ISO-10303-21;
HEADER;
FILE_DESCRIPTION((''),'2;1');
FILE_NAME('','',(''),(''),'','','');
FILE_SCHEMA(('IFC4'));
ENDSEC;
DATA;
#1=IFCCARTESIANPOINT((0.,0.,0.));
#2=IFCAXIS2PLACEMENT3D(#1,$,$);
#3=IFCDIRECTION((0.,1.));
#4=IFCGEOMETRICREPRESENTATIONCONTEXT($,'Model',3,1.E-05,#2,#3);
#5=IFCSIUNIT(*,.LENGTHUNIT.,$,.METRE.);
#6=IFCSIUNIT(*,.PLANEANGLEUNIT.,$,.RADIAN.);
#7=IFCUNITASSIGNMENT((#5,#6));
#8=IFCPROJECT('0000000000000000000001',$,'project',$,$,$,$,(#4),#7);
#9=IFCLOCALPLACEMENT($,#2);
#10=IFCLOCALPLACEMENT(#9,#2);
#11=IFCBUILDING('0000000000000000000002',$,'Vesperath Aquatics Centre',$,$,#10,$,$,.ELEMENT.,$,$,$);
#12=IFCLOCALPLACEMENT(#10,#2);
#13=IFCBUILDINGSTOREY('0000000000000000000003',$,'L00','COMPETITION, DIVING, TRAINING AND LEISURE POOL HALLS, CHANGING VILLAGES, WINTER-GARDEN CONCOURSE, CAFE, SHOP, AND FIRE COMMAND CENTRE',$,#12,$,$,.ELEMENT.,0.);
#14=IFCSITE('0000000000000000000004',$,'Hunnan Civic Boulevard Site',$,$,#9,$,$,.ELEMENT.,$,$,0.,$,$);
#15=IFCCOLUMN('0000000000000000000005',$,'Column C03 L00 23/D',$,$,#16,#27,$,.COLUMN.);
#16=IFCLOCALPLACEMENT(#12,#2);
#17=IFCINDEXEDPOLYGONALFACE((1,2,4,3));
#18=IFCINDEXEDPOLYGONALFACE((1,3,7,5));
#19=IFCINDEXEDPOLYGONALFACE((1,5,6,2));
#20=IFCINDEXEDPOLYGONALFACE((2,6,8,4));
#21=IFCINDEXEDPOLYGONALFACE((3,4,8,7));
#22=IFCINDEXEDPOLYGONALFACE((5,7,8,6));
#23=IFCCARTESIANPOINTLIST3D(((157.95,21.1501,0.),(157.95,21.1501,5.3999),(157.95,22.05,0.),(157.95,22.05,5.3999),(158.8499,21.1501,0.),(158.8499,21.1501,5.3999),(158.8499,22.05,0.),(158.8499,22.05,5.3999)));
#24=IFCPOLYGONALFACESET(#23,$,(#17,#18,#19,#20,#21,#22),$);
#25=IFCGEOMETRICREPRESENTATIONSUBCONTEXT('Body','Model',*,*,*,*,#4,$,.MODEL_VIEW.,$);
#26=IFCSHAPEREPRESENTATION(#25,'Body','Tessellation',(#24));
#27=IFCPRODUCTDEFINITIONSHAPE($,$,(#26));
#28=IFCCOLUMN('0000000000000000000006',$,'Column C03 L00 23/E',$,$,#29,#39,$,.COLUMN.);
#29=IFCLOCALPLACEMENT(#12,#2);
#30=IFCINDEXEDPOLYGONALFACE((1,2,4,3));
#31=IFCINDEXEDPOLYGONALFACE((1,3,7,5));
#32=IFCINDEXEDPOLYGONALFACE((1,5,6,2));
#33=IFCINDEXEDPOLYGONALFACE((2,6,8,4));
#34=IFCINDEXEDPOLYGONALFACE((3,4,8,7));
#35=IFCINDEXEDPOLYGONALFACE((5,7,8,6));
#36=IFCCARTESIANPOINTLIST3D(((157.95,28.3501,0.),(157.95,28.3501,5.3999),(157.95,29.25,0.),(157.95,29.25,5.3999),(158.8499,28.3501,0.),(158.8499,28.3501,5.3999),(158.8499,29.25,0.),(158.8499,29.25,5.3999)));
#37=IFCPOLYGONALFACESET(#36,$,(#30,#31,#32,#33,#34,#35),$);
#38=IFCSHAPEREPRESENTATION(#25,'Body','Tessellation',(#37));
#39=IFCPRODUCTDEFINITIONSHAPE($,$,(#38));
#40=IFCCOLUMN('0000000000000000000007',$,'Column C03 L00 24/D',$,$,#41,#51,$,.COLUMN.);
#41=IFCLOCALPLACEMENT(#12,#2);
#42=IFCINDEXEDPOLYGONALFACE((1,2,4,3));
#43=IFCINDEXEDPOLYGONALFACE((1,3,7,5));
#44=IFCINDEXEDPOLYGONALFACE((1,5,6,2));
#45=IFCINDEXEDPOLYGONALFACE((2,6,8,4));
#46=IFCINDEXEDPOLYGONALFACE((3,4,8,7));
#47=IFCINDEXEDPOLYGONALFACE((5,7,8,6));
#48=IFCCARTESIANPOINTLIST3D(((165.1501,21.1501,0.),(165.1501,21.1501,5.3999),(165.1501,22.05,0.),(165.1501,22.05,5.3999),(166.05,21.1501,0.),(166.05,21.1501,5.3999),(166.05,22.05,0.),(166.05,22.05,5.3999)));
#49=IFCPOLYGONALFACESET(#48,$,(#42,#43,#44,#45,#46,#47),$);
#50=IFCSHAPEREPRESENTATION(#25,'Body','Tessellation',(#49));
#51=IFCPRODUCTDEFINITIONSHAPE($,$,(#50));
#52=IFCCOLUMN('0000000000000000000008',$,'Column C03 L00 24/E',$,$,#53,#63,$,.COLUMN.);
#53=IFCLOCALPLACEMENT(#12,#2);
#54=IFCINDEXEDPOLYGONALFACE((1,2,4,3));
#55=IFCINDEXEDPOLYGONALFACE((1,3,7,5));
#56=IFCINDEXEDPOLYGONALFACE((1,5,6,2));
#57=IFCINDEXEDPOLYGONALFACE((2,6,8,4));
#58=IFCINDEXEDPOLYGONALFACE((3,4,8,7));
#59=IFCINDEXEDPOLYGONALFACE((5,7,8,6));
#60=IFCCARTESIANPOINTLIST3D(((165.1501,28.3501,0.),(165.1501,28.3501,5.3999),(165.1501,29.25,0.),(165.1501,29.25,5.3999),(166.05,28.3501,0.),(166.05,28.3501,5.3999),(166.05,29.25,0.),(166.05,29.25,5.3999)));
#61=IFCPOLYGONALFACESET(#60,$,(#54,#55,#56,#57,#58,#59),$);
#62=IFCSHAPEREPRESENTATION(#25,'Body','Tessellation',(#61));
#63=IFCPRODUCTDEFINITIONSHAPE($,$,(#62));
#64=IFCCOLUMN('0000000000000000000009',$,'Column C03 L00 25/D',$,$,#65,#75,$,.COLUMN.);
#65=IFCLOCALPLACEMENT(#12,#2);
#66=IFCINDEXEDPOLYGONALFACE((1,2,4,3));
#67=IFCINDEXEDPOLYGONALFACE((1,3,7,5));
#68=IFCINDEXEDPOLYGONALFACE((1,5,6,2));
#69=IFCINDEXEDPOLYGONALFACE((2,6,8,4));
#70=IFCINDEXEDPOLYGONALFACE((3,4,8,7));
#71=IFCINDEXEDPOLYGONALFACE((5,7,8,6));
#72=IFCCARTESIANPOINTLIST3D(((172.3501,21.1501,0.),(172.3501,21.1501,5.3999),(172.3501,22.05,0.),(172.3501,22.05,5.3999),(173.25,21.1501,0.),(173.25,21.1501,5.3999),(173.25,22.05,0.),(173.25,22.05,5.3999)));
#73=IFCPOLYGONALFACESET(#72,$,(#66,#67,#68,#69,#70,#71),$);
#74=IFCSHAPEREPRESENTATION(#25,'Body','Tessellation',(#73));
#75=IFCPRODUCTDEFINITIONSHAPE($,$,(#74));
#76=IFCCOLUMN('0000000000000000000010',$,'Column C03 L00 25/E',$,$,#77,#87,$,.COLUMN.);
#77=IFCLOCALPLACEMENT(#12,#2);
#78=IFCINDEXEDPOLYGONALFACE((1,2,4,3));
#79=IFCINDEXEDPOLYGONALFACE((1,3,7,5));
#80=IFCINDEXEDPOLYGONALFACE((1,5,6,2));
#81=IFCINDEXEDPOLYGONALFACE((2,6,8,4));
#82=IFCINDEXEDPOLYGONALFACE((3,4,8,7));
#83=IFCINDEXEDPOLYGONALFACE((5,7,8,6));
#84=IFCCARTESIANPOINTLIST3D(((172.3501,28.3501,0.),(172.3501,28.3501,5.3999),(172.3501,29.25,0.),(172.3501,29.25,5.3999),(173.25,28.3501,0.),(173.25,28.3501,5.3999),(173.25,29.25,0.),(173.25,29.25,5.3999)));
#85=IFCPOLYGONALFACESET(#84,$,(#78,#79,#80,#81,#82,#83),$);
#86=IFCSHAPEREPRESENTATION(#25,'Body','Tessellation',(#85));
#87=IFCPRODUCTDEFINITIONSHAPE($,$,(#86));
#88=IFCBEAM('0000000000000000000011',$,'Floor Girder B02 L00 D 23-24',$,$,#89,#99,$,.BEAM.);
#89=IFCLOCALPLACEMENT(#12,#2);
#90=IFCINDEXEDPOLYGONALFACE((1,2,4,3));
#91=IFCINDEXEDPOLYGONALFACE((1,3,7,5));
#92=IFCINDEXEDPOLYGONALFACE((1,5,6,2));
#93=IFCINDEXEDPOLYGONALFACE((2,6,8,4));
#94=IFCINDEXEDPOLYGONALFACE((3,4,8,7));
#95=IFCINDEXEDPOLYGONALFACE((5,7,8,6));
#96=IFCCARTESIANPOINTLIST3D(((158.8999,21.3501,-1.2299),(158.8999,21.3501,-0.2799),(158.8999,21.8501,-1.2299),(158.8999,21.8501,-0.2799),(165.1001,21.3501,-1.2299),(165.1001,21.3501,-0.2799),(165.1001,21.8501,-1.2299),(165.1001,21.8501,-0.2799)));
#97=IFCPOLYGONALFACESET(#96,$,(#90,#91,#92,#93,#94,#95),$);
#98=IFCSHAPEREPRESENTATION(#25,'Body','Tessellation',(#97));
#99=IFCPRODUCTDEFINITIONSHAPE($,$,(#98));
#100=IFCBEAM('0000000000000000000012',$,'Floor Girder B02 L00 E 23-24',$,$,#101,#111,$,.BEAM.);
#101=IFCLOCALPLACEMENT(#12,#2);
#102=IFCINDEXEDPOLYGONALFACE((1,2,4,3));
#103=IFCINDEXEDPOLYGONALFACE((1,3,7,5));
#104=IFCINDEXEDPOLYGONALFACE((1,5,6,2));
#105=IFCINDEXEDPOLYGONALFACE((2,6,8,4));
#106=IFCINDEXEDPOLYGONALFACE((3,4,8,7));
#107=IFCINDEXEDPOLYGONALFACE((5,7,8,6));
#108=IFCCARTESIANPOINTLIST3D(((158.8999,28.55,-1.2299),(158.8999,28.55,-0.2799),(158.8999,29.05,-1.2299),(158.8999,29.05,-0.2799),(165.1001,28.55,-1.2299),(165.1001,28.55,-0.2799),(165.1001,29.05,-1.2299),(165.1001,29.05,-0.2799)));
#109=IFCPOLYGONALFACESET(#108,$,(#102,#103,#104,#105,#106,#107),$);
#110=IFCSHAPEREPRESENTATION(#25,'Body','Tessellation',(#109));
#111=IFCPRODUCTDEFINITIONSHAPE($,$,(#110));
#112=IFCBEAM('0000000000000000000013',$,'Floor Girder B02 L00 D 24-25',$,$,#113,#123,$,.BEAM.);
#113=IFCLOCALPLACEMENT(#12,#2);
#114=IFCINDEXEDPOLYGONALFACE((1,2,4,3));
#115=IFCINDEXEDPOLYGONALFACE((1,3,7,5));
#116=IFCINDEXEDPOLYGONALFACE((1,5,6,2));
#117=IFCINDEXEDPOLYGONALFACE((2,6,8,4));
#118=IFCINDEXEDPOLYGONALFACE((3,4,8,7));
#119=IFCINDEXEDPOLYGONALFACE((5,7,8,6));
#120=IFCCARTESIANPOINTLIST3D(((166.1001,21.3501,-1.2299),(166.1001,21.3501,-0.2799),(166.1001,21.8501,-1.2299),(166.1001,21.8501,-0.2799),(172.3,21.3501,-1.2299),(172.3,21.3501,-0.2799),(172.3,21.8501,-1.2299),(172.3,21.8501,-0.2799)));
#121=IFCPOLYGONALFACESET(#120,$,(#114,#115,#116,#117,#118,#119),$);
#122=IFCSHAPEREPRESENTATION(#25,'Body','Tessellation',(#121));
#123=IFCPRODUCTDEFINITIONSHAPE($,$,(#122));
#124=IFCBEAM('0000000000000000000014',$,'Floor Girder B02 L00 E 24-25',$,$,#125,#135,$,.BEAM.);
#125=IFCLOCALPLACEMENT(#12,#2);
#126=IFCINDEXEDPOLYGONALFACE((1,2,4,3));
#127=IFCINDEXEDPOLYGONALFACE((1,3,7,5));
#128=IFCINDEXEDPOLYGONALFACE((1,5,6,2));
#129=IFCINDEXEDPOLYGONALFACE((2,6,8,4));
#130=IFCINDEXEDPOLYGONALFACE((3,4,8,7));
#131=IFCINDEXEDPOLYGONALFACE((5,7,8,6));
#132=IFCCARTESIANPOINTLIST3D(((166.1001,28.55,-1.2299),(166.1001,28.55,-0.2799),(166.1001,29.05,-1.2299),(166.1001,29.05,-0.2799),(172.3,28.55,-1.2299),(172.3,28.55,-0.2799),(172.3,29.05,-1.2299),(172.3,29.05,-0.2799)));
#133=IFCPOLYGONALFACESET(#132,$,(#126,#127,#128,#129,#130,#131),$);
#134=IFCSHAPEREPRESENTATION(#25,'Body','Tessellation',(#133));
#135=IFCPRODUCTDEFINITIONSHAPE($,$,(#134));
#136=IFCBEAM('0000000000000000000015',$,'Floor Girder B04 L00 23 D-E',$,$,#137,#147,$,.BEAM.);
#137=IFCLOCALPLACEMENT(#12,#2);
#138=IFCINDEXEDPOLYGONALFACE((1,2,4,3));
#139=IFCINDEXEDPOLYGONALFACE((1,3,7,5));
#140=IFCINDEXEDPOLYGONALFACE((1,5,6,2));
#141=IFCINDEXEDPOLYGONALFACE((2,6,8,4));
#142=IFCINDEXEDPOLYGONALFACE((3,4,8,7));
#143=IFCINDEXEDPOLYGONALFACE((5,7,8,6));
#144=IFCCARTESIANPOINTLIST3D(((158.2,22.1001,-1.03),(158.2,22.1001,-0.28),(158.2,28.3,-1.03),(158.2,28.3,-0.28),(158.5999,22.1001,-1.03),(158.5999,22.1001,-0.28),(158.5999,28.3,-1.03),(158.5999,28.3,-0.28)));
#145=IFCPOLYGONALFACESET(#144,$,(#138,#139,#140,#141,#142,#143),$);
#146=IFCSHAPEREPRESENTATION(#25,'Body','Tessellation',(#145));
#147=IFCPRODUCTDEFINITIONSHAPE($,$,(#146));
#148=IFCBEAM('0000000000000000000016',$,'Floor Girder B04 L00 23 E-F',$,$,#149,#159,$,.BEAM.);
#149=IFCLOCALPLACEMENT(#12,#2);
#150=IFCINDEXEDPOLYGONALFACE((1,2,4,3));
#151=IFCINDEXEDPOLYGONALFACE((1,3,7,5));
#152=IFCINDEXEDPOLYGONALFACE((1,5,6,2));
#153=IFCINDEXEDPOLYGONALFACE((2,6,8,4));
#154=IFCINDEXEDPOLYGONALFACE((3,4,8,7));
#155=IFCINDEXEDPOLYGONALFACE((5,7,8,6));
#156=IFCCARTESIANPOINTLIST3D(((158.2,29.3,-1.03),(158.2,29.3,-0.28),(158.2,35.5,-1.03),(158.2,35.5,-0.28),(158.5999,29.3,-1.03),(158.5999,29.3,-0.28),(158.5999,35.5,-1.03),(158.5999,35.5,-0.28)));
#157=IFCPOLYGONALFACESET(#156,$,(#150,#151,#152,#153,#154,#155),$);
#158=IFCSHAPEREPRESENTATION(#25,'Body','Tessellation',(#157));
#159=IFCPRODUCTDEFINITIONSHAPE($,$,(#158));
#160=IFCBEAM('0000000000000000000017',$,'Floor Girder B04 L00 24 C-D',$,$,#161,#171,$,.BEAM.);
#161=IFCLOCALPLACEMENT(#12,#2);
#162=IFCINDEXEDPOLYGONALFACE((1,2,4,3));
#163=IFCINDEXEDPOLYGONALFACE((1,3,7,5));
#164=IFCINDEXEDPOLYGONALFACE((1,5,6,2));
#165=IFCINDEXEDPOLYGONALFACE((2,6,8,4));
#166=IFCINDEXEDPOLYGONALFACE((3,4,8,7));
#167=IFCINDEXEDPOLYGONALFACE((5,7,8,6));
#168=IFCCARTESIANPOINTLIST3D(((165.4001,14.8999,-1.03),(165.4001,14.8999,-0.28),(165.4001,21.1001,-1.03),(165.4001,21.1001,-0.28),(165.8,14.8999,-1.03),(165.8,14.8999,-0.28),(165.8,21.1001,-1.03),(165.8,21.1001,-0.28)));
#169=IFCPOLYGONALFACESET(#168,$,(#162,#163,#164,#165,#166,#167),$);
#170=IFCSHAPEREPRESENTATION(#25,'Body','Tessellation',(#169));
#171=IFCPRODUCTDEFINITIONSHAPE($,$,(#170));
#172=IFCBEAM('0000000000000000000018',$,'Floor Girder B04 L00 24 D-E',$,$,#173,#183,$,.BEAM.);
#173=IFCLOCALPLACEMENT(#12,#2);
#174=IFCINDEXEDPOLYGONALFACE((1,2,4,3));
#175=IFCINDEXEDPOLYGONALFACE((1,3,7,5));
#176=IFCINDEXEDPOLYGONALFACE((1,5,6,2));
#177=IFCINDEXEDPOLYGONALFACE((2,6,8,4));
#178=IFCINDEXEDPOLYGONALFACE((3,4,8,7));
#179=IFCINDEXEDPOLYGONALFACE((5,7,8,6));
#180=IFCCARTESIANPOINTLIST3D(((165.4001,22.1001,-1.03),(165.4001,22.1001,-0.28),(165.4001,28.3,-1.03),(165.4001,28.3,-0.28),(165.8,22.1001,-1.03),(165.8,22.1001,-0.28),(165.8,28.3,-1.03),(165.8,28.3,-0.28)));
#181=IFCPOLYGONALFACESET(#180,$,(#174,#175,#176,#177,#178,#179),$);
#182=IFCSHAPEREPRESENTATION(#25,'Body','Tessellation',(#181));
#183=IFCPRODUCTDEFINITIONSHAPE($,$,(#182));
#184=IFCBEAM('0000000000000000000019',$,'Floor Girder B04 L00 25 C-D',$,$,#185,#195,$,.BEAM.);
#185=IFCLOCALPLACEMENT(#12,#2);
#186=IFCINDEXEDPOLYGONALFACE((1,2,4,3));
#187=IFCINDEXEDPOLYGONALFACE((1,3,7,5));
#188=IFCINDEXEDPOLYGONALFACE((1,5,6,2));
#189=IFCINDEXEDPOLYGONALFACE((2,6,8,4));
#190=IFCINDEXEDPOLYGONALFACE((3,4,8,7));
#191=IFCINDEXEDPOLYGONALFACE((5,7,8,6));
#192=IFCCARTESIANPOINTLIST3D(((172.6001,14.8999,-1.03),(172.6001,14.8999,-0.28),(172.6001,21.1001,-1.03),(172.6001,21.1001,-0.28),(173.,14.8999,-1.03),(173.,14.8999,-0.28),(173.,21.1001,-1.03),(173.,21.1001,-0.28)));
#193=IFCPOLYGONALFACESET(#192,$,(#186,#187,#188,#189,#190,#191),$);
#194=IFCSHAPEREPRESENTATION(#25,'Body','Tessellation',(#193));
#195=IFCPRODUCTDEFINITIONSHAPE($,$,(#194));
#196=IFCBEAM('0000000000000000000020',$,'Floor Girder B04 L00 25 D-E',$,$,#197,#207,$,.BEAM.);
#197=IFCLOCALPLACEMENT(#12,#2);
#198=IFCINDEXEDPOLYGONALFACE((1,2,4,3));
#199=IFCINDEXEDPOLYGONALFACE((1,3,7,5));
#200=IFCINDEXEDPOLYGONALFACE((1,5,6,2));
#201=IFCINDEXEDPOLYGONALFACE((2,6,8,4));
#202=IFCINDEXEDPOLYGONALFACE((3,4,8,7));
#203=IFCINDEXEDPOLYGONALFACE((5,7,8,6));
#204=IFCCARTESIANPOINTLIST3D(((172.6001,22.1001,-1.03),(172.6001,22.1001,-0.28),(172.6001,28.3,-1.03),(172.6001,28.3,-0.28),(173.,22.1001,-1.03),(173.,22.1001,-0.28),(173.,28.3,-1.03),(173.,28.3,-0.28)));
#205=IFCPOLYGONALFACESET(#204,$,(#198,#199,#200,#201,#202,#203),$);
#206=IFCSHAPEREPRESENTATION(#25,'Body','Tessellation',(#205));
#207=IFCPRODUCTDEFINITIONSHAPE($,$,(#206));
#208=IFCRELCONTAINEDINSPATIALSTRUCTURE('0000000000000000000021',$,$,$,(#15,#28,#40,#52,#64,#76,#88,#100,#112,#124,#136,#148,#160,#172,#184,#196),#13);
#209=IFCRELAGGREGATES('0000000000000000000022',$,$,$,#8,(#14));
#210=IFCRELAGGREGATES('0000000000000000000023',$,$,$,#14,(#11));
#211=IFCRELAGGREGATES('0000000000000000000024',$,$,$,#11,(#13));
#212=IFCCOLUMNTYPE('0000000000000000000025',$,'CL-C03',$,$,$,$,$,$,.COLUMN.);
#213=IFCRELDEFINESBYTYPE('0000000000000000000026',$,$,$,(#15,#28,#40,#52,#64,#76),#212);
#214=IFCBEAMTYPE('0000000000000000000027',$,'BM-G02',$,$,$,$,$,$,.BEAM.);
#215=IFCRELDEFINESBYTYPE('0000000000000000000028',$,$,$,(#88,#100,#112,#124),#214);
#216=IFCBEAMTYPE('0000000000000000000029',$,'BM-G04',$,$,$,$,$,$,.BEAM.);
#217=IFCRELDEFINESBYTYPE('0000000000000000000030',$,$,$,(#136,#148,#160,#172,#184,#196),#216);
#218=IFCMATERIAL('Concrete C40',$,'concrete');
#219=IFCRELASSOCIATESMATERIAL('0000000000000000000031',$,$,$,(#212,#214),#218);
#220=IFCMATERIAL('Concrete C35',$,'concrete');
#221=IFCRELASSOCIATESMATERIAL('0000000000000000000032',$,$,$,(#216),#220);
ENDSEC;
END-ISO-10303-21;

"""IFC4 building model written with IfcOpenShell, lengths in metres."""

from ifc_helpers import new_model, si_unit, direction, frame, origin, origin_2d, place, context, subcontext, project, spatial, rectangle, extrude, material, material_profile, profile_set, type_object, element, save


model = new_model("IFC4")

# Units and contexts
model_context = context("Model", 3, precision=1e-05, world=origin(), true_north=direction((0.0, 1.0)))
body_context = subcontext(model_context, "Body", "Model", "MODEL_VIEW")
ifc_project = project(units=[si_unit("LENGTHUNIT", "METRE"), si_unit("PLANEANGLEUNIT", "RADIAN")], contexts=[model_context])

# Site, building, storey
site_placement = place(None, origin())
site = spatial("IfcSite", under=ifc_project, at=site_placement, Name="Hunnan Civic Boulevard Site", CompositionType="ELEMENT", RefElevation=0.0)
building_placement = place(site_placement, origin())
building = spatial("IfcBuilding", under=site, at=building_placement, Name="Vesperath Aquatics Centre", CompositionType="ELEMENT")
storey_placement = place(building_placement, origin())
storey = spatial("IfcBuildingStorey", under=building, at=storey_placement, Name="L00", Description="COMPETITION, DIVING, TRAINING AND LEISURE POOL HALLS, CHANGING VILLAGES, WINTER-GARDEN CONCOURSE, CAFE, SHOP, AND FIRE COMMAND CENTRE", CompositionType="ELEMENT", Elevation=0.0)

# Columns
ifc_material_1 = material(Name="Concrete C40", Category="concrete")
ifc_material_profile_1 = material_profile(ifc_material_1, rectangle(XDim=0.8999, YDim=0.8999, at=origin_2d()), Name="RC 900x900")
ifc_profile_set_1 = profile_set([ifc_material_profile_1], Name="Concrete C40")
column_type = type_object("IfcColumnType", Name="CL-C03", PredefinedType="COLUMN", material=ifc_profile_set_1)
for number, where, z_axis, x_axis, name in (
    (1, (158.3999, 21.6001, 0.0), (0.0, 0.0, 1.0), (1.0, 0.0, 0.0), "Column C03 L00 23/D"),
    (2, (158.3999, 28.8, 0.0), (0.0, 0.0, 1.0), (1.0, 0.0, 0.0), "Column C03 L00 23/E"),
    (3, (165.6001, 21.6001, 0.0), (0.0, 0.0, 1.0), (1.0, 0.0, 0.0), "Column C03 L00 24/D"),
    (4, (165.6001, 28.8, 0.0), (0.0, 0.0, 1.0), (1.0, 0.0, 0.0), "Column C03 L00 24/E"),
    (5, (172.8, 21.6001, 0.0), (0.0, 0.0, 1.0), (1.0, 0.0, 0.0), "Column C03 L00 25/D"),
    (6, (172.8, 28.8, 0.0), (0.0, 0.0, 1.0), (1.0, 0.0, 0.0), "Column C03 L00 25/E"),
):
    element("IfcColumn", number, at=place(storey_placement, frame(where, z_axis=z_axis, x_axis=x_axis)), inside=storey, type_object=column_type, Name=name, PredefinedType="COLUMN", context=body_context, shape_type="SweptSolid", body=[
        extrude(rectangle(XDim=0.8999, YDim=0.8999, at=origin_2d()), origin(), (0.0, 0.0, 1.0), 5.3999),
    ])

# Beams
ifc_material_profile_2 = material_profile(ifc_material_1, rectangle(XDim=0.5, YDim=0.95, at=origin_2d()), Name="RC 500x950")
ifc_profile_set_2 = profile_set([ifc_material_profile_2], Name="Concrete C40")
beam_type_1 = type_object("IfcBeamType", Name="BM-G02", PredefinedType="BEAM", material=ifc_profile_set_2)
for number, where, z_axis, x_axis, name in (
    (7, (158.8999, 21.6001, -0.7549), (1.0, 0.0, 0.0), (0.0, 1.0, 0.0), "Floor Girder B02 L00 D 23-24"),
    (8, (158.8999, 28.8, -0.7549), (1.0, 0.0, 0.0), (0.0, 1.0, 0.0), "Floor Girder B02 L00 E 23-24"),
):
    element("IfcBeam", number, at=place(storey_placement, frame(where, z_axis=z_axis, x_axis=x_axis)), inside=storey, type_object=beam_type_1, Name=name, PredefinedType="BEAM", context=body_context, shape_type="SweptSolid", body=[
        extrude(rectangle(XDim=0.5, YDim=0.95, at=origin_2d()), origin(), (0.0, 0.0, 1.0), 6.2002),
    ])
for number, where, z_axis, x_axis, name in (
    (9, (166.1001, 21.6001, -0.7549), (1.0, 0.0, 0.0), (0.0, 1.0, 0.0), "Floor Girder B02 L00 D 24-25"),
    (10, (166.1001, 28.8, -0.7549), (1.0, 0.0, 0.0), (0.0, 1.0, 0.0), "Floor Girder B02 L00 E 24-25"),
):
    element("IfcBeam", number, at=place(storey_placement, frame(where, z_axis=z_axis, x_axis=x_axis)), inside=storey, type_object=beam_type_1, Name=name, PredefinedType="BEAM", context=body_context, shape_type="SweptSolid", body=[
        extrude(rectangle(XDim=0.5, YDim=0.95, at=origin_2d()), origin(), (0.0, 0.0, 1.0), 6.2),
    ])
ifc_material_2 = material(Name="Concrete C35", Category="concrete")
ifc_material_profile_3 = material_profile(ifc_material_2, rectangle(XDim=0.3999, YDim=0.75, at=origin_2d()), Name="RC 400x750")
ifc_profile_set_3 = profile_set([ifc_material_profile_3], Name="Concrete C35")
beam_type_2 = type_object("IfcBeamType", Name="BM-G04", PredefinedType="BEAM", material=ifc_profile_set_3)
for number, where, z_axis, x_axis, name in (
    (11, (158.3999, 22.1001, -0.655), (0.0, 1.0, 0.0), (-1.0, 0.0, 0.0), "Floor Girder B04 L00 23 D-E"),
    (12, (158.3999, 29.3, -0.655), (0.0, 1.0, 0.0), (-1.0, 0.0, 0.0), "Floor Girder B04 L00 23 E-F"),
):
    element("IfcBeam", number, at=place(storey_placement, frame(where, z_axis=z_axis, x_axis=x_axis)), inside=storey, type_object=beam_type_2, Name=name, PredefinedType="BEAM", context=body_context, shape_type="SweptSolid", body=[
        extrude(rectangle(XDim=0.3999, YDim=0.75, at=origin_2d()), origin(), (0.0, 0.0, 1.0), 6.2),
    ])
beam_1_placement = place(storey_placement, frame((165.6001, 14.8999, -0.655), z_axis=(0.0, 1.0, 0.0), x_axis=(-1.0, 0.0, 0.0)))
element("IfcBeam", 13, at=beam_1_placement, inside=storey, type_object=beam_type_2, Name="Floor Girder B04 L00 24 C-D", PredefinedType="BEAM", context=body_context, shape_type="SweptSolid", body=[
    extrude(rectangle(XDim=0.3999, YDim=0.75, at=origin_2d()), origin(), (0.0, 0.0, 1.0), 6.2002),
])
beam_2_placement = place(storey_placement, frame((165.6001, 22.1001, -0.655), z_axis=(0.0, 1.0, 0.0), x_axis=(-1.0, 0.0, 0.0)))
element("IfcBeam", 14, at=beam_2_placement, inside=storey, type_object=beam_type_2, Name="Floor Girder B04 L00 24 D-E", PredefinedType="BEAM", context=body_context, shape_type="SweptSolid", body=[
    extrude(rectangle(XDim=0.3999, YDim=0.75, at=origin_2d()), origin(), (0.0, 0.0, 1.0), 6.2),
])
beam_3_placement = place(storey_placement, frame((172.8, 14.8999, -0.655), z_axis=(0.0, 1.0, 0.0), x_axis=(-1.0, 0.0, 0.0)))
element("IfcBeam", 15, at=beam_3_placement, inside=storey, type_object=beam_type_2, Name="Floor Girder B04 L00 25 C-D", PredefinedType="BEAM", context=body_context, shape_type="SweptSolid", body=[
    extrude(rectangle(XDim=0.3999, YDim=0.75, at=origin_2d()), origin(), (0.0, 0.0, 1.0), 6.2002),
])
beam_4_placement = place(storey_placement, frame((172.8, 22.1001, -0.655), z_axis=(0.0, 1.0, 0.0), x_axis=(-1.0, 0.0, 0.0)))
element("IfcBeam", 16, at=beam_4_placement, inside=storey, type_object=beam_type_2, Name="Floor Girder B04 L00 25 D-E", PredefinedType="BEAM", context=body_context, shape_type="SweptSolid", body=[
    extrude(rectangle(XDim=0.3999, YDim=0.75, at=origin_2d()), origin(), (0.0, 0.0, 1.0), 6.2),
])

save(model, "model.ifc")
